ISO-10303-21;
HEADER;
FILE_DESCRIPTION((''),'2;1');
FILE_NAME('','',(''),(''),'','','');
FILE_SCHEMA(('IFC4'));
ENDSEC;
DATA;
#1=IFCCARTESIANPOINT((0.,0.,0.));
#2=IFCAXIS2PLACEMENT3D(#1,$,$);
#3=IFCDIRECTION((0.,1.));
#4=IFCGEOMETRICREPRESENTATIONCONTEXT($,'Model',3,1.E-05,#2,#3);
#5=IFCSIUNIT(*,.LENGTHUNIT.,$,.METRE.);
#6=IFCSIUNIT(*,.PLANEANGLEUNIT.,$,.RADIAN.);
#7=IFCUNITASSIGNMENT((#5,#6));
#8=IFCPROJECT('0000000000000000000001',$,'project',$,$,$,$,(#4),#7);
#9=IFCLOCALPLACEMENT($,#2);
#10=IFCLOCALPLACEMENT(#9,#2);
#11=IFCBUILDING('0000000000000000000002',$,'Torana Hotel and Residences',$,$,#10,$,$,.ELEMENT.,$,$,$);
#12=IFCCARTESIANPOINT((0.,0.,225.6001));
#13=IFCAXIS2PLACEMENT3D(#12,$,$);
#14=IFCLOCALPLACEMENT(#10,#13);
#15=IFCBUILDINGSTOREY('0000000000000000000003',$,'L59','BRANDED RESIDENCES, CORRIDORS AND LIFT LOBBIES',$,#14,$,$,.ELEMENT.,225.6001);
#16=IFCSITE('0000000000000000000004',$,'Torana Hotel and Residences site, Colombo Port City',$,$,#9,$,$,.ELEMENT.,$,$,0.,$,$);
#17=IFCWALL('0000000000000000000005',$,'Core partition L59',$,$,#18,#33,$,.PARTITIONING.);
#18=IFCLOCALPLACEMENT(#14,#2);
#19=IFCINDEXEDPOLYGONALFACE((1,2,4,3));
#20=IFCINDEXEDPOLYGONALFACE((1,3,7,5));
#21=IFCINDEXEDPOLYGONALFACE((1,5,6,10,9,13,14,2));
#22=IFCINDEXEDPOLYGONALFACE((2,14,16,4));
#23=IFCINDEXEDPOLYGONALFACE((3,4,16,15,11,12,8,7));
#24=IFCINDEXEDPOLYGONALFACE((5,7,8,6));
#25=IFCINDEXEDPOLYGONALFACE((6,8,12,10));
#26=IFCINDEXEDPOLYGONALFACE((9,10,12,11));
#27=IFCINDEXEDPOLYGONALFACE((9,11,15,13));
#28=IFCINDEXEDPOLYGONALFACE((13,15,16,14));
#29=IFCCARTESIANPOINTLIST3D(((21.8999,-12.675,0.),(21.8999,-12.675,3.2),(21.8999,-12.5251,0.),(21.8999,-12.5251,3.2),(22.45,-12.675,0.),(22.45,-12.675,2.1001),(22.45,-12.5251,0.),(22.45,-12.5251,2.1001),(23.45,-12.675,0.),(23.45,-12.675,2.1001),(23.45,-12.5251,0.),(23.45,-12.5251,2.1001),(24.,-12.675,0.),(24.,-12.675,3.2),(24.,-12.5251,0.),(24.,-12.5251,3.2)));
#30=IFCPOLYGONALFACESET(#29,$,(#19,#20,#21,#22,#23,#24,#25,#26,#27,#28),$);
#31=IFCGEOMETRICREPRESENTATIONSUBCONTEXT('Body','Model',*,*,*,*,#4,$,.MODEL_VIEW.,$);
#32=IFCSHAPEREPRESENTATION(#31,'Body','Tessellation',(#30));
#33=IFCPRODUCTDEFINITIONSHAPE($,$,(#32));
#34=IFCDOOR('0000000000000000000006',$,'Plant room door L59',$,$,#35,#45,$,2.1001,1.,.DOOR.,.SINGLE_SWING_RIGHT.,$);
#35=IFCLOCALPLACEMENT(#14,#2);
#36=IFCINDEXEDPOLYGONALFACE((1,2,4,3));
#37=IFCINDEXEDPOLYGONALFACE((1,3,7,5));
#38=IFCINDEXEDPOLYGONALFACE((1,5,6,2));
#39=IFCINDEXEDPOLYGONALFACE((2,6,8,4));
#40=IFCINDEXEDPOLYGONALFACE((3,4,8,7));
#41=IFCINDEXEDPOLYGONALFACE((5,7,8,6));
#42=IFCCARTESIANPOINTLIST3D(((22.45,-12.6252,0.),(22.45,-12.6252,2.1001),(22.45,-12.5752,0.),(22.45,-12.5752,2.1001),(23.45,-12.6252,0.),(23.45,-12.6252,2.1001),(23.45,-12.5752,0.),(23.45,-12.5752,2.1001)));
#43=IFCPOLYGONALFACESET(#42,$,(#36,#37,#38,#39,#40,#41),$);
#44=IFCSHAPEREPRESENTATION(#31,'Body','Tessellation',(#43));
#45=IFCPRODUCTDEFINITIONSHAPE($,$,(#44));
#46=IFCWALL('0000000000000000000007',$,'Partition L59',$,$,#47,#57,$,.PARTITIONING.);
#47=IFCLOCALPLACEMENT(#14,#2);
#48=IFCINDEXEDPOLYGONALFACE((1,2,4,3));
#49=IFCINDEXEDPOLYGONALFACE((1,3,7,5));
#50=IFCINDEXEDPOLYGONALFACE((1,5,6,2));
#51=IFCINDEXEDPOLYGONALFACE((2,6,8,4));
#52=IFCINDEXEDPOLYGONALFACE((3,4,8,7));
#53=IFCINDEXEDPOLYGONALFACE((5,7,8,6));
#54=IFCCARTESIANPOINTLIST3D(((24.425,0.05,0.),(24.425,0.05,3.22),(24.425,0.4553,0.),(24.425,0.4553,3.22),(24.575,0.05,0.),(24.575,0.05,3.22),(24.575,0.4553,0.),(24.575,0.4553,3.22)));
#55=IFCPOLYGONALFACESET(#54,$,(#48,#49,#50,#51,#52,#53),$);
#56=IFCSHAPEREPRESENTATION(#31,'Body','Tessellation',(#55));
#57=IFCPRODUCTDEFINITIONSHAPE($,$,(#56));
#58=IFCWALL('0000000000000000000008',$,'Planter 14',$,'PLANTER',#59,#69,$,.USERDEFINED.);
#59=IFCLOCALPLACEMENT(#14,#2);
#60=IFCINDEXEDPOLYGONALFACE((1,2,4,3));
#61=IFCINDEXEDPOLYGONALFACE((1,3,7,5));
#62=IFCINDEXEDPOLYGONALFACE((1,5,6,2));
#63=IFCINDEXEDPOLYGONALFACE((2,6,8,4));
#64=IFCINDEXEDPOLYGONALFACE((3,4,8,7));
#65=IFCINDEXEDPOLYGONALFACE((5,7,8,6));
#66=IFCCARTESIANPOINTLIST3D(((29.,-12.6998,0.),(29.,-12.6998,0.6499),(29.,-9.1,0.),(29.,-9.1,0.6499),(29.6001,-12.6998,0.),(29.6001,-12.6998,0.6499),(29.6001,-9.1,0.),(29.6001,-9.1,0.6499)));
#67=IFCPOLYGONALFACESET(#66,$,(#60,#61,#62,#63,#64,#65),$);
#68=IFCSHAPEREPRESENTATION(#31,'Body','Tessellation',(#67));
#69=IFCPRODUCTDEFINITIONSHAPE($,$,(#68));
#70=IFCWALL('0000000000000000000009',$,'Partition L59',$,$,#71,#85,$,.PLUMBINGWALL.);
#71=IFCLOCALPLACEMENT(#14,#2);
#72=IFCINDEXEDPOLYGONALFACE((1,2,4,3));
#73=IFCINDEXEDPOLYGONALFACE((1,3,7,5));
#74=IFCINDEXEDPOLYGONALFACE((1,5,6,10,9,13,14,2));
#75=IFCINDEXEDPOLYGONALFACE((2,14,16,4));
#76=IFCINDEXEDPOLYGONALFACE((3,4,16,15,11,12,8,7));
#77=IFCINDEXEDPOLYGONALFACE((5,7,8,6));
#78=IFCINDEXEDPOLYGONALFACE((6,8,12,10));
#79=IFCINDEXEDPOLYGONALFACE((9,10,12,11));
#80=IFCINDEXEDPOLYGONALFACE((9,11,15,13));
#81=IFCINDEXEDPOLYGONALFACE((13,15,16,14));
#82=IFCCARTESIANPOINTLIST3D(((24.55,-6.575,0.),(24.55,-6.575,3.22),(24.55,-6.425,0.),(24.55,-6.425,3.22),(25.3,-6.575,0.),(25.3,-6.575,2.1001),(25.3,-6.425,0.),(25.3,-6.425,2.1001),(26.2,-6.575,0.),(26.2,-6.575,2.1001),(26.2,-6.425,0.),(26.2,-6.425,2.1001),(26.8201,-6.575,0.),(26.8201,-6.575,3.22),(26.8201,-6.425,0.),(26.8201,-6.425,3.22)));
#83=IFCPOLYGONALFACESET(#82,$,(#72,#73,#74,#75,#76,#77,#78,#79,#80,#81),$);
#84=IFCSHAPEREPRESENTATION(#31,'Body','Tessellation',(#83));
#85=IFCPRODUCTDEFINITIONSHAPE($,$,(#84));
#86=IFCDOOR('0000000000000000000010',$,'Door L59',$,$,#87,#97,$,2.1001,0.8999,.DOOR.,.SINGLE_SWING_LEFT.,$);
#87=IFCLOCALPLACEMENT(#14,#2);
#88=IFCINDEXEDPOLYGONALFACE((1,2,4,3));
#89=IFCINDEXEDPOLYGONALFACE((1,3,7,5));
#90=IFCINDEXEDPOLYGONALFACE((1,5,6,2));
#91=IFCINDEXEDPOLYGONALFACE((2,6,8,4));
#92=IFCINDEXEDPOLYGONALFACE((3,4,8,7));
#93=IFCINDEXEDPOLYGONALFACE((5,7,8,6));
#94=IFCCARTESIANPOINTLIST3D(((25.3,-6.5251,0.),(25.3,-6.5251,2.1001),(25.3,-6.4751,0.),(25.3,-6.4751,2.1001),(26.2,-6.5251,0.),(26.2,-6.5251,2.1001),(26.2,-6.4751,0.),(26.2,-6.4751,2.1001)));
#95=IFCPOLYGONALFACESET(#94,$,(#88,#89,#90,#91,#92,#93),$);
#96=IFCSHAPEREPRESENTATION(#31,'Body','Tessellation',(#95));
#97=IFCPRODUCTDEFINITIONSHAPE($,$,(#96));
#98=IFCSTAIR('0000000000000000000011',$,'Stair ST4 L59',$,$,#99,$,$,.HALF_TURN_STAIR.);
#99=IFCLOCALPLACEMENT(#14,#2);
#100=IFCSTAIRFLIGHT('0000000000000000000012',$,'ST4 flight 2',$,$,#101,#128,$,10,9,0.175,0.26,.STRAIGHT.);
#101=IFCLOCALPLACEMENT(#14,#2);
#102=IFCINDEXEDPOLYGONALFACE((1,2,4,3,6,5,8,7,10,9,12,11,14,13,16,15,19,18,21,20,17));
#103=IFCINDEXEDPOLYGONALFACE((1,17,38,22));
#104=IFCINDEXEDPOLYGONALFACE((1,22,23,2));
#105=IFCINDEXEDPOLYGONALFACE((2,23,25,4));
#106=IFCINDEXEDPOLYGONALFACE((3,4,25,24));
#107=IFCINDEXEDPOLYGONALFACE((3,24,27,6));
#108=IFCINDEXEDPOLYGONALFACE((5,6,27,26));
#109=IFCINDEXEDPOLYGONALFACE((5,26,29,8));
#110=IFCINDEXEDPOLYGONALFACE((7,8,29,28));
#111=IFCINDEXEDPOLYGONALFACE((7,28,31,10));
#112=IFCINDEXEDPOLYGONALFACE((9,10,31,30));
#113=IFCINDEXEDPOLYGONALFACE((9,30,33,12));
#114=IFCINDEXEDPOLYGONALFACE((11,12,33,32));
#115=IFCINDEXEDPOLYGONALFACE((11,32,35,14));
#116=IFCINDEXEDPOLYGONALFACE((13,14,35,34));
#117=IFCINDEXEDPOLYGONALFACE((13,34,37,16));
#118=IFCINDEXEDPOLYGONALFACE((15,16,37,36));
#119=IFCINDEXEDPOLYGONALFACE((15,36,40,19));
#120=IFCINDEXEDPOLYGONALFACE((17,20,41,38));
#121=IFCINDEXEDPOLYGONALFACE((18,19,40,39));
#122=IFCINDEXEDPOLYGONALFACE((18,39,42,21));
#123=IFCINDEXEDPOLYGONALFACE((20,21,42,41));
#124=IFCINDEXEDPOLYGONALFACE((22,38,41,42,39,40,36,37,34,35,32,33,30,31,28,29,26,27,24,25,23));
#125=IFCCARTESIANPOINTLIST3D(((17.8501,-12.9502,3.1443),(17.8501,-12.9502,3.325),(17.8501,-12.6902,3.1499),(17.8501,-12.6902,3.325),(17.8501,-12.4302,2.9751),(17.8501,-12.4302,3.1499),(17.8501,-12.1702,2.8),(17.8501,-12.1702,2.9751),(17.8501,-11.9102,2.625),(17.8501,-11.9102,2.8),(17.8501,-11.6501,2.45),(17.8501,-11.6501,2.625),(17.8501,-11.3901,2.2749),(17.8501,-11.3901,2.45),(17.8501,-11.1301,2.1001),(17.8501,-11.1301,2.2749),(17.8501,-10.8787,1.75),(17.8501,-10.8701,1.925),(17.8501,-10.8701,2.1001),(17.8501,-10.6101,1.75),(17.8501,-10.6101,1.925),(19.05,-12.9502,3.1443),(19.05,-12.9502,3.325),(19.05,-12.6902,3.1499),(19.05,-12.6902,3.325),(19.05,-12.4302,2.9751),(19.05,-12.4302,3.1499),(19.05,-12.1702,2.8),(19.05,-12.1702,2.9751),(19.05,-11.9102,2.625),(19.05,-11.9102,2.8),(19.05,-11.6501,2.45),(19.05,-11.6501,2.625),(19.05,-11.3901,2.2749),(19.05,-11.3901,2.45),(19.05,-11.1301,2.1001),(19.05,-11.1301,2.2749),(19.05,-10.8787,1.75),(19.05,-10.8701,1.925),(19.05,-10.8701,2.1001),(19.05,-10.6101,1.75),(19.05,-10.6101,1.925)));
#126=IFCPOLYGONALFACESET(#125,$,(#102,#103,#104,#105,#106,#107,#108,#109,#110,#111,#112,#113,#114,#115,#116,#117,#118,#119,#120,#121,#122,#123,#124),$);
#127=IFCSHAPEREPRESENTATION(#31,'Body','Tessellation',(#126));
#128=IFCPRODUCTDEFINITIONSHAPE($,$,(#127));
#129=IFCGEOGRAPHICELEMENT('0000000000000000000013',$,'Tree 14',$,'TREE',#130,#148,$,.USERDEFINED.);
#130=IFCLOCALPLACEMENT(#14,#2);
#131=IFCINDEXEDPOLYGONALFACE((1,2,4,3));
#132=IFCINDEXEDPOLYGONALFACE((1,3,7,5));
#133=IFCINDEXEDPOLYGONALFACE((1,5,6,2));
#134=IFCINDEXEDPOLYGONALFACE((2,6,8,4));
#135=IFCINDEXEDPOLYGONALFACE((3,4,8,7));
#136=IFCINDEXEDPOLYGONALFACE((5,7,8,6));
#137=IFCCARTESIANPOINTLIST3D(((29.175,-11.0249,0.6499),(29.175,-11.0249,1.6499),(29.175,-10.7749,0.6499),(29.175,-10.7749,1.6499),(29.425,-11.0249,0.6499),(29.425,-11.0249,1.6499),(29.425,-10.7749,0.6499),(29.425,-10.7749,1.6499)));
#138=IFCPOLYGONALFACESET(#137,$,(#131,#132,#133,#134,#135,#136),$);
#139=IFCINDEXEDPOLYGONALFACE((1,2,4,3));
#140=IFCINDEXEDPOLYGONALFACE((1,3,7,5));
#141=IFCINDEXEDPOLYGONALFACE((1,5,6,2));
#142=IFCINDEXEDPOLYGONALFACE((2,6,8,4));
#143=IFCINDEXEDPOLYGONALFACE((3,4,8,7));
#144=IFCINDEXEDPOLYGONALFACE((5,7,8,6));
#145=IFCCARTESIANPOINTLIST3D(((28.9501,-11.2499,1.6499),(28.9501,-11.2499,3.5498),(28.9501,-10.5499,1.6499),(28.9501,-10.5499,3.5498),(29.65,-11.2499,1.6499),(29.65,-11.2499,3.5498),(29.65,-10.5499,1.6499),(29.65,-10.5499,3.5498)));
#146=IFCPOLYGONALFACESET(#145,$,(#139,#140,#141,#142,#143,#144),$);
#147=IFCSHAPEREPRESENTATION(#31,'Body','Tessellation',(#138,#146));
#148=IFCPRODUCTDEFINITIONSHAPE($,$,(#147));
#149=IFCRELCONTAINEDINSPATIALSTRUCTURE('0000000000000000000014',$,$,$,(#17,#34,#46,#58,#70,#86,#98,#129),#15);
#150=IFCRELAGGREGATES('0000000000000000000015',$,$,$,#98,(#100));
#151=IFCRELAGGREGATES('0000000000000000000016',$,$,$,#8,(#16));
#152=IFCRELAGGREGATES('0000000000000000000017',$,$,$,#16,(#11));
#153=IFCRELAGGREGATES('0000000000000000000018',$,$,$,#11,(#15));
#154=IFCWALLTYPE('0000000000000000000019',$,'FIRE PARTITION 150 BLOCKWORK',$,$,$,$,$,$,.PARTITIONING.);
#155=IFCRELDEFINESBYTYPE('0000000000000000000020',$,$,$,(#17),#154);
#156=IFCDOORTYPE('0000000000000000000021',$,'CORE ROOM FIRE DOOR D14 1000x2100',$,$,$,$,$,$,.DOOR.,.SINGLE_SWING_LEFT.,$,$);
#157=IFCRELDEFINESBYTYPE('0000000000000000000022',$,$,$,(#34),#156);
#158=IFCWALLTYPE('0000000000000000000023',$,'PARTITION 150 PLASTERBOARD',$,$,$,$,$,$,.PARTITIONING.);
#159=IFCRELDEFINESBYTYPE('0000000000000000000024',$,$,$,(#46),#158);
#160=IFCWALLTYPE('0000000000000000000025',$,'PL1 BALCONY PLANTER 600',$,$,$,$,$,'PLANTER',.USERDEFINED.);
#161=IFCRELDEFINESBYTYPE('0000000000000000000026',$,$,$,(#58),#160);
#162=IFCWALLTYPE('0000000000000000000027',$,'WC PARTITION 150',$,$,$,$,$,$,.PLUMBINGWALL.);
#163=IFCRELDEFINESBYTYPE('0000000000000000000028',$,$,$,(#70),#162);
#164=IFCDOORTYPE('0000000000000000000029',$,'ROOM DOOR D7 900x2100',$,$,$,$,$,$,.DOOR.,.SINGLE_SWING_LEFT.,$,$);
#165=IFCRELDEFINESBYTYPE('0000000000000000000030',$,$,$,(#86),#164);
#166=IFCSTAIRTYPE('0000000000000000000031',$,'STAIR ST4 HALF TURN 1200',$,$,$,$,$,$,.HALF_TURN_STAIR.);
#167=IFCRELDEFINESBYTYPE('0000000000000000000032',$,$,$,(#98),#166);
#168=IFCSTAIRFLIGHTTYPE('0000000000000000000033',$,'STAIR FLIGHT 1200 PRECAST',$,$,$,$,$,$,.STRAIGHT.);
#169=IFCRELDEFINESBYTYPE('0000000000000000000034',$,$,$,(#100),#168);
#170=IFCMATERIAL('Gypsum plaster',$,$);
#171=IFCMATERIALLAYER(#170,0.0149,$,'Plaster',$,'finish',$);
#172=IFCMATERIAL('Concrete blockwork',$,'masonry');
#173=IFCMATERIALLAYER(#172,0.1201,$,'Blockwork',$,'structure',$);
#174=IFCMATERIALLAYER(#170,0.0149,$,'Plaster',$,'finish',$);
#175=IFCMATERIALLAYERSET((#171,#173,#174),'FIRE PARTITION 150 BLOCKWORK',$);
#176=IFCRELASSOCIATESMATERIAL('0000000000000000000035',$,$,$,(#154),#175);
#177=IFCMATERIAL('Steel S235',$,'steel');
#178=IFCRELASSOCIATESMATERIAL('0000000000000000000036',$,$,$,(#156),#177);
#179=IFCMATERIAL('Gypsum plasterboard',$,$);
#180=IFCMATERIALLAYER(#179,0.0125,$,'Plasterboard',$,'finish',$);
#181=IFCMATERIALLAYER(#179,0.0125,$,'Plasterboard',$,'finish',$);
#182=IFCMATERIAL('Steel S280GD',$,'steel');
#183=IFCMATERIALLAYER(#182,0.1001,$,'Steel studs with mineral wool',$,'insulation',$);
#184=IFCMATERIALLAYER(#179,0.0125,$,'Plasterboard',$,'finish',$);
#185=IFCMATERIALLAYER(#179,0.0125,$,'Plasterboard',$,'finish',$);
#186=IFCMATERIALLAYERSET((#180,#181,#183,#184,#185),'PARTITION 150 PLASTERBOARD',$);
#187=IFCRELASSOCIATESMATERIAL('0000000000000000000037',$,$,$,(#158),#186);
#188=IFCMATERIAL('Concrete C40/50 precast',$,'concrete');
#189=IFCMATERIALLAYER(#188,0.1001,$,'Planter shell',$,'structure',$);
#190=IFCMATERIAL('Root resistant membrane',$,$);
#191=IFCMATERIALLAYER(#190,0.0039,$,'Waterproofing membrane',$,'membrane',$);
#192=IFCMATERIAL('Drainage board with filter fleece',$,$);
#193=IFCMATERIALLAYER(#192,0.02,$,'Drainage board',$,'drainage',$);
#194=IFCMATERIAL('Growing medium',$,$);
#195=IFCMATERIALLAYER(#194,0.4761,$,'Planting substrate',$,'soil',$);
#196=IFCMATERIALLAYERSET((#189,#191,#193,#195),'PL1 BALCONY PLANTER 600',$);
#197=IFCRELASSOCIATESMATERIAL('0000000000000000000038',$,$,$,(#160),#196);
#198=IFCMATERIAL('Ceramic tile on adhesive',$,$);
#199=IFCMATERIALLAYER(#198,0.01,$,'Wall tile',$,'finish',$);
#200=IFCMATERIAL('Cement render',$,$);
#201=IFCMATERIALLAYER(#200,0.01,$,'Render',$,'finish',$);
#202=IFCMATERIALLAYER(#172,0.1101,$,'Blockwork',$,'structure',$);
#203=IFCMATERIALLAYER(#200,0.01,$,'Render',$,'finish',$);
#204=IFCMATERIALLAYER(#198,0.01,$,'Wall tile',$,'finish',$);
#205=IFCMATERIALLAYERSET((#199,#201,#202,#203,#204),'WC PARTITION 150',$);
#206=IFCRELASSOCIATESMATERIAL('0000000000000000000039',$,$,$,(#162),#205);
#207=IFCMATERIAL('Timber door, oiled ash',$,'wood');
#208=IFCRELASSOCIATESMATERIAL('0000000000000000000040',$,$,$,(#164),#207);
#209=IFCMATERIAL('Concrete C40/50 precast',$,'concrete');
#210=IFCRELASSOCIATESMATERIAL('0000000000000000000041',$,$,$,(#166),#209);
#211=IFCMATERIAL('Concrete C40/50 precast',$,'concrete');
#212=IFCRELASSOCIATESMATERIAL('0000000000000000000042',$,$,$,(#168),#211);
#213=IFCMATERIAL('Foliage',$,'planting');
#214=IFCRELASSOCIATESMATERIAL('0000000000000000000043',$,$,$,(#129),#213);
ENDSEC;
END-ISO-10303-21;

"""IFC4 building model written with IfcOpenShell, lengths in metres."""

from ifc_helpers import new_model, si_unit, direction, frame, frame_2d, origin, origin_2d, place, context, subcontext, project, spatial, polyline, rectangle, outline, extrude, material, layer, layer_set, type_object, element, fill, aggregate, save


model = new_model("IFC4")

# Units and contexts
model_context = context("Model", 3, precision=1e-05, world=origin(), true_north=direction((0.0, 1.0)))
body_context = subcontext(model_context, "Body", "Model", "MODEL_VIEW")
ifc_project = project(units=[si_unit("LENGTHUNIT", "METRE"), si_unit("PLANEANGLEUNIT", "RADIAN")], contexts=[model_context])

# Site, building, storey
site_placement = place(None, origin())
site = spatial("IfcSite", under=ifc_project, at=site_placement, Name="Torana Hotel and Residences site, Colombo Port City", CompositionType="ELEMENT", RefElevation=0.0)
building_placement = place(site_placement, origin())
building = spatial("IfcBuilding", under=site, at=building_placement, Name="Torana Hotel and Residences", CompositionType="ELEMENT")
storey_placement = place(building_placement, frame((0.0, 0.0, 225.6001)))
storey = spatial("IfcBuildingStorey", under=building, at=storey_placement, Name="L59", Description="BRANDED RESIDENCES, CORRIDORS AND LIFT LOBBIES", CompositionType="ELEMENT", Elevation=225.6001)

# Shared definitions
ifc_material_1 = material(Name="Steel S280GD", Category="steel")

# Shared definitions
ifc_material_2 = material(Name="Concrete C40/50 precast", Category="concrete")

# Wall, opening, door
ifc_material_3 = material(Name="Gypsum plaster")
ifc_layer_1 = layer(ifc_material_3, 0.0149, Name="Plaster", Category="finish")
ifc_material_4 = material(Name="Concrete blockwork", Category="masonry")
ifc_layer_2 = layer(ifc_material_4, 0.1201, Name="Blockwork", Category="structure")
ifc_layer_3 = layer(ifc_material_3, 0.0149, Name="Plaster", Category="finish")
ifc_layer_set_1 = layer_set([ifc_layer_1, ifc_layer_2, ifc_layer_3], Name="FIRE PARTITION 150 BLOCKWORK")
wall_type_1 = type_object("IfcWallType", Name="FIRE PARTITION 150 BLOCKWORK", PredefinedType="PARTITIONING", material=ifc_layer_set_1)
wall_1_placement = place(storey_placement, frame((21.8999, -12.6001, 0.0), z_axis=(0.0, 0.0, 1.0), x_axis=(1.0, 0.0, 0.0)))
wall_1 = element("IfcWall", 1, at=wall_1_placement, inside=storey, type_object=wall_type_1, Name="Core partition L59", PredefinedType="PARTITIONING", context=body_context, shape_type="SweptSolid", body=[
    extrude(rectangle(XDim=2.1001, YDim=0.1499, at=frame_2d((1.05, 0.0))), origin(), (0.0, 0.0, 1.0), 3.2),
])
opening_1_placement = place(wall_1_placement, frame((0.55, 0.0, 0.0)))
opening_1 = element("IfcOpeningElement", 2, at=opening_1_placement, cuts=wall_1, PredefinedType="OPENING", context=body_context, shape_type="SweptSolid", body=[
    extrude(rectangle(XDim=1.0, YDim=2.1001, at=frame_2d((0.5, 1.05))), frame((0.0, 0.085, 0.0), z_axis=(0.0, -1.0, 0.0), x_axis=(1.0, 0.0, 0.0)), (0.0, 0.0, 1.0), 0.1699),
])
ifc_material_5 = material(Name="Steel S235", Category="steel")
door_type_1 = type_object("IfcDoorType", Name="CORE ROOM FIRE DOOR D14 1000x2100", OperationType="SINGLE_SWING_LEFT", PredefinedType="DOOR", material=ifc_material_5)
door_1_placement = place(opening_1_placement, origin())
door_1 = element("IfcDoor", 3, at=door_1_placement, inside=storey, type_object=door_type_1, Name="Plant room door L59", OperationType="SINGLE_SWING_RIGHT", OverallHeight=2.1001, OverallWidth=1.0, PredefinedType="DOOR", context=body_context, shape_type="SweptSolid", body=[
    extrude(rectangle(XDim=1.0, YDim=2.1001, at=frame_2d((0.5, 1.05))), frame((0.0, 0.0249, 0.0), z_axis=(0.0, -1.0, 0.0), x_axis=(1.0, 0.0, 0.0)), (0.0, 0.0, 1.0), 0.05),
])
fill(opening_1, door_1)

# Walls
ifc_material_6 = material(Name="Gypsum plasterboard")
ifc_layer_4 = layer(ifc_material_6, 0.0125, Name="Plasterboard", Category="finish")
ifc_layer_5 = layer(ifc_material_6, 0.0125, Name="Plasterboard", Category="finish")
ifc_layer_6 = layer(ifc_material_1, 0.1001, Name="Steel studs with mineral wool", Category="insulation")
ifc_layer_7 = layer(ifc_material_6, 0.0125, Name="Plasterboard", Category="finish")
ifc_layer_8 = layer(ifc_material_6, 0.0125, Name="Plasterboard", Category="finish")
ifc_layer_set_2 = layer_set([ifc_layer_4, ifc_layer_5, ifc_layer_6, ifc_layer_7, ifc_layer_8], Name="PARTITION 150 PLASTERBOARD")
wall_type_2 = type_object("IfcWallType", Name="PARTITION 150 PLASTERBOARD", PredefinedType="PARTITIONING", material=ifc_layer_set_2)
wall_2_placement = place(storey_placement, frame((24.5, 0.05, 0.0), z_axis=(0.0, 0.0, 1.0), x_axis=(0.0, 1.0, 0.0)))
element("IfcWall", 4, at=wall_2_placement, inside=storey, type_object=wall_type_2, Name="Partition L59", PredefinedType="PARTITIONING", context=body_context, shape_type="SweptSolid", body=[
    extrude(rectangle(XDim=0.4053, YDim=0.1499, at=frame_2d((0.2026, 0.0))), origin(), (0.0, 0.0, 1.0), 3.22),
])
ifc_layer_9 = layer(ifc_material_2, 0.1001, Name="Planter shell", Category="structure")
ifc_material_7 = material(Name="Root resistant membrane")
ifc_layer_10 = layer(ifc_material_7, 0.0039, Name="Waterproofing membrane", Category="membrane")
ifc_material_8 = material(Name="Drainage board with filter fleece")
ifc_layer_11 = layer(ifc_material_8, 0.02, Name="Drainage board", Category="drainage")
ifc_material_9 = material(Name="Growing medium")
ifc_layer_12 = layer(ifc_material_9, 0.4761, Name="Planting substrate", Category="soil")
ifc_layer_set_3 = layer_set([ifc_layer_9, ifc_layer_10, ifc_layer_11, ifc_layer_12], Name="PL1 BALCONY PLANTER 600")
wall_type_3 = type_object("IfcWallType", Name="PL1 BALCONY PLANTER 600", ElementType="PLANTER", PredefinedType="USERDEFINED", material=ifc_layer_set_3)
wall_3_placement = place(storey_placement, frame((29.3, -9.1001, 0.0), z_axis=(0.0, 0.0, 1.0), x_axis=(0.0, -1.0, 0.0)))
element("IfcWall", 5, at=wall_3_placement, inside=storey, type_object=wall_type_3, Name="Planter 14", ObjectType="PLANTER", PredefinedType="USERDEFINED", context=body_context, shape_type="SweptSolid", body=[
    extrude(rectangle(XDim=3.5999, YDim=0.6001, at=frame_2d((1.7998, 0.0))), origin(), (0.0, 0.0, 1.0), 0.6499),
])

# Wall, opening, door
ifc_material_10 = material(Name="Ceramic tile on adhesive")
ifc_layer_13 = layer(ifc_material_10, 0.01, Name="Wall tile", Category="finish")
ifc_material_11 = material(Name="Cement render")
ifc_layer_14 = layer(ifc_material_11, 0.01, Name="Render", Category="finish")
ifc_layer_15 = layer(ifc_material_4, 0.1101, Name="Blockwork", Category="structure")
ifc_layer_16 = layer(ifc_material_11, 0.01, Name="Render", Category="finish")
ifc_layer_17 = layer(ifc_material_10, 0.01, Name="Wall tile", Category="finish")
ifc_layer_set_4 = layer_set([ifc_layer_13, ifc_layer_14, ifc_layer_15, ifc_layer_16, ifc_layer_17], Name="WC PARTITION 150")
wall_type_4 = type_object("IfcWallType", Name="WC PARTITION 150", PredefinedType="PLUMBINGWALL", material=ifc_layer_set_4)
wall_4_placement = place(storey_placement, frame((24.55, -6.5, 0.0), z_axis=(0.0, 0.0, 1.0), x_axis=(1.0, 0.0, 0.0)))
wall_4 = element("IfcWall", 6, at=wall_4_placement, inside=storey, type_object=wall_type_4, Name="Partition L59", PredefinedType="PLUMBINGWALL", context=body_context, shape_type="SweptSolid", body=[
    extrude(rectangle(XDim=2.27, YDim=0.1499, at=frame_2d((1.135, 0.0))), origin(), (0.0, 0.0, 1.0), 3.22),
])
opening_2_placement = place(wall_4_placement, frame((0.75, 0.0, 0.0)))
opening_2 = element("IfcOpeningElement", 7, at=opening_2_placement, cuts=wall_4, PredefinedType="OPENING", context=body_context, shape_type="SweptSolid", body=[
    extrude(rectangle(XDim=0.8999, YDim=2.1001, at=frame_2d((0.45, 1.05))), frame((0.0, 0.085, 0.0), z_axis=(0.0, -1.0, 0.0), x_axis=(1.0, 0.0, 0.0)), (0.0, 0.0, 1.0), 0.1699),
])
ifc_material_12 = material(Name="Timber door, oiled ash", Category="wood")
door_type_2 = type_object("IfcDoorType", Name="ROOM DOOR D7 900x2100", OperationType="SINGLE_SWING_LEFT", PredefinedType="DOOR", material=ifc_material_12)
door_2_placement = place(opening_2_placement, origin())
door_2 = element("IfcDoor", 8, at=door_2_placement, inside=storey, type_object=door_type_2, Name="Door L59", OperationType="SINGLE_SWING_LEFT", OverallHeight=2.1001, OverallWidth=0.8999, PredefinedType="DOOR", context=body_context, shape_type="SweptSolid", body=[
    extrude(rectangle(XDim=0.8999, YDim=2.1001, at=frame_2d((0.45, 1.05))), frame((0.0, 0.0249, 0.0), z_axis=(0.0, -1.0, 0.0), x_axis=(1.0, 0.0, 0.0)), (0.0, 0.0, 1.0), 0.05),
])
fill(opening_2, door_2)

# Stair, stair flight
ifc_material_13 = material(Name="Concrete C40/50 precast", Category="concrete")
stair_type = type_object("IfcStairType", Name="STAIR ST4 HALF TURN 1200", PredefinedType="HALF_TURN_STAIR", material=ifc_material_13)
stair_placement = place(storey_placement, origin())
stair = element("IfcStair", 9, at=stair_placement, inside=storey, type_object=stair_type, Name="Stair ST4 L59", PredefinedType="HALF_TURN_STAIR")
ifc_material_14 = material(Name="Concrete C40/50 precast", Category="concrete")
stair_flight_type = type_object("IfcStairFlightType", Name="STAIR FLIGHT 1200 PRECAST", PredefinedType="STRAIGHT", material=ifc_material_14)
stair_flight_placement = place(storey_placement, frame((18.45, -10.6101, 1.75), z_axis=(0.0, 0.0, 1.0), x_axis=(0.0, -1.0, 0.0)))
stair_flight = element("IfcStairFlight", 10, at=stair_flight_placement, type_object=stair_flight_type, Name="ST4 flight 2", NumberOfRisers=10, NumberOfTreads=9, PredefinedType="STRAIGHT", RiserHeight=0.175, TreadLength=0.26, context=body_context, shape_type="SweptSolid", body=[
    extrude(outline(polyline([(0.0, 0.0), (0.0, 0.175), (0.26, 0.175), (0.26, 0.3501), (0.52, 0.3501), (0.52, 0.5249), (0.78, 0.5249), (0.78, 0.7), (1.04, 0.7), (1.04, 0.875), (1.3, 0.875), (1.3, 1.05), (1.5601, 1.05), (1.5601, 1.2251), (1.8201, 1.2251), (1.8201, 1.3999), (2.0801, 1.3999), (2.0801, 1.575), (2.3401, 1.575), (2.3401, 1.75), (2.3401, 1.3943), (0.2686, 0.0), (0.0, 0.0)])), frame((0.0, 0.6001, 0.0), z_axis=(0.0, -1.0, 0.0), x_axis=(1.0, 0.0, 0.0)), (0.0, 0.0, 1.0), 1.2),
])
aggregate(stair, [stair_flight])

# Geographic element
ifc_material_15 = material(Name="Foliage", Category="planting")
geographic_element_placement = place(storey_placement, frame((29.3, -10.8999, 0.6499), z_axis=(0.0, 0.0, 1.0), x_axis=(1.0, 0.0, 0.0)))
element("IfcGeographicElement", 11, at=geographic_element_placement, inside=storey, material=ifc_material_15, Name="Tree 14", ObjectType="TREE", PredefinedType="USERDEFINED", context=body_context, shape_type="SweptSolid", body=[
    extrude(rectangle(XDim=0.25, YDim=0.25, at=origin_2d()), origin(), (0.0, 0.0, 1.0), 1.0),
    extrude(rectangle(XDim=0.7, YDim=0.7, at=origin_2d()), frame((0.0, 0.0, 1.0)), (0.0, 0.0, 1.0), 1.8999),
])

save(model, "model.ifc")
